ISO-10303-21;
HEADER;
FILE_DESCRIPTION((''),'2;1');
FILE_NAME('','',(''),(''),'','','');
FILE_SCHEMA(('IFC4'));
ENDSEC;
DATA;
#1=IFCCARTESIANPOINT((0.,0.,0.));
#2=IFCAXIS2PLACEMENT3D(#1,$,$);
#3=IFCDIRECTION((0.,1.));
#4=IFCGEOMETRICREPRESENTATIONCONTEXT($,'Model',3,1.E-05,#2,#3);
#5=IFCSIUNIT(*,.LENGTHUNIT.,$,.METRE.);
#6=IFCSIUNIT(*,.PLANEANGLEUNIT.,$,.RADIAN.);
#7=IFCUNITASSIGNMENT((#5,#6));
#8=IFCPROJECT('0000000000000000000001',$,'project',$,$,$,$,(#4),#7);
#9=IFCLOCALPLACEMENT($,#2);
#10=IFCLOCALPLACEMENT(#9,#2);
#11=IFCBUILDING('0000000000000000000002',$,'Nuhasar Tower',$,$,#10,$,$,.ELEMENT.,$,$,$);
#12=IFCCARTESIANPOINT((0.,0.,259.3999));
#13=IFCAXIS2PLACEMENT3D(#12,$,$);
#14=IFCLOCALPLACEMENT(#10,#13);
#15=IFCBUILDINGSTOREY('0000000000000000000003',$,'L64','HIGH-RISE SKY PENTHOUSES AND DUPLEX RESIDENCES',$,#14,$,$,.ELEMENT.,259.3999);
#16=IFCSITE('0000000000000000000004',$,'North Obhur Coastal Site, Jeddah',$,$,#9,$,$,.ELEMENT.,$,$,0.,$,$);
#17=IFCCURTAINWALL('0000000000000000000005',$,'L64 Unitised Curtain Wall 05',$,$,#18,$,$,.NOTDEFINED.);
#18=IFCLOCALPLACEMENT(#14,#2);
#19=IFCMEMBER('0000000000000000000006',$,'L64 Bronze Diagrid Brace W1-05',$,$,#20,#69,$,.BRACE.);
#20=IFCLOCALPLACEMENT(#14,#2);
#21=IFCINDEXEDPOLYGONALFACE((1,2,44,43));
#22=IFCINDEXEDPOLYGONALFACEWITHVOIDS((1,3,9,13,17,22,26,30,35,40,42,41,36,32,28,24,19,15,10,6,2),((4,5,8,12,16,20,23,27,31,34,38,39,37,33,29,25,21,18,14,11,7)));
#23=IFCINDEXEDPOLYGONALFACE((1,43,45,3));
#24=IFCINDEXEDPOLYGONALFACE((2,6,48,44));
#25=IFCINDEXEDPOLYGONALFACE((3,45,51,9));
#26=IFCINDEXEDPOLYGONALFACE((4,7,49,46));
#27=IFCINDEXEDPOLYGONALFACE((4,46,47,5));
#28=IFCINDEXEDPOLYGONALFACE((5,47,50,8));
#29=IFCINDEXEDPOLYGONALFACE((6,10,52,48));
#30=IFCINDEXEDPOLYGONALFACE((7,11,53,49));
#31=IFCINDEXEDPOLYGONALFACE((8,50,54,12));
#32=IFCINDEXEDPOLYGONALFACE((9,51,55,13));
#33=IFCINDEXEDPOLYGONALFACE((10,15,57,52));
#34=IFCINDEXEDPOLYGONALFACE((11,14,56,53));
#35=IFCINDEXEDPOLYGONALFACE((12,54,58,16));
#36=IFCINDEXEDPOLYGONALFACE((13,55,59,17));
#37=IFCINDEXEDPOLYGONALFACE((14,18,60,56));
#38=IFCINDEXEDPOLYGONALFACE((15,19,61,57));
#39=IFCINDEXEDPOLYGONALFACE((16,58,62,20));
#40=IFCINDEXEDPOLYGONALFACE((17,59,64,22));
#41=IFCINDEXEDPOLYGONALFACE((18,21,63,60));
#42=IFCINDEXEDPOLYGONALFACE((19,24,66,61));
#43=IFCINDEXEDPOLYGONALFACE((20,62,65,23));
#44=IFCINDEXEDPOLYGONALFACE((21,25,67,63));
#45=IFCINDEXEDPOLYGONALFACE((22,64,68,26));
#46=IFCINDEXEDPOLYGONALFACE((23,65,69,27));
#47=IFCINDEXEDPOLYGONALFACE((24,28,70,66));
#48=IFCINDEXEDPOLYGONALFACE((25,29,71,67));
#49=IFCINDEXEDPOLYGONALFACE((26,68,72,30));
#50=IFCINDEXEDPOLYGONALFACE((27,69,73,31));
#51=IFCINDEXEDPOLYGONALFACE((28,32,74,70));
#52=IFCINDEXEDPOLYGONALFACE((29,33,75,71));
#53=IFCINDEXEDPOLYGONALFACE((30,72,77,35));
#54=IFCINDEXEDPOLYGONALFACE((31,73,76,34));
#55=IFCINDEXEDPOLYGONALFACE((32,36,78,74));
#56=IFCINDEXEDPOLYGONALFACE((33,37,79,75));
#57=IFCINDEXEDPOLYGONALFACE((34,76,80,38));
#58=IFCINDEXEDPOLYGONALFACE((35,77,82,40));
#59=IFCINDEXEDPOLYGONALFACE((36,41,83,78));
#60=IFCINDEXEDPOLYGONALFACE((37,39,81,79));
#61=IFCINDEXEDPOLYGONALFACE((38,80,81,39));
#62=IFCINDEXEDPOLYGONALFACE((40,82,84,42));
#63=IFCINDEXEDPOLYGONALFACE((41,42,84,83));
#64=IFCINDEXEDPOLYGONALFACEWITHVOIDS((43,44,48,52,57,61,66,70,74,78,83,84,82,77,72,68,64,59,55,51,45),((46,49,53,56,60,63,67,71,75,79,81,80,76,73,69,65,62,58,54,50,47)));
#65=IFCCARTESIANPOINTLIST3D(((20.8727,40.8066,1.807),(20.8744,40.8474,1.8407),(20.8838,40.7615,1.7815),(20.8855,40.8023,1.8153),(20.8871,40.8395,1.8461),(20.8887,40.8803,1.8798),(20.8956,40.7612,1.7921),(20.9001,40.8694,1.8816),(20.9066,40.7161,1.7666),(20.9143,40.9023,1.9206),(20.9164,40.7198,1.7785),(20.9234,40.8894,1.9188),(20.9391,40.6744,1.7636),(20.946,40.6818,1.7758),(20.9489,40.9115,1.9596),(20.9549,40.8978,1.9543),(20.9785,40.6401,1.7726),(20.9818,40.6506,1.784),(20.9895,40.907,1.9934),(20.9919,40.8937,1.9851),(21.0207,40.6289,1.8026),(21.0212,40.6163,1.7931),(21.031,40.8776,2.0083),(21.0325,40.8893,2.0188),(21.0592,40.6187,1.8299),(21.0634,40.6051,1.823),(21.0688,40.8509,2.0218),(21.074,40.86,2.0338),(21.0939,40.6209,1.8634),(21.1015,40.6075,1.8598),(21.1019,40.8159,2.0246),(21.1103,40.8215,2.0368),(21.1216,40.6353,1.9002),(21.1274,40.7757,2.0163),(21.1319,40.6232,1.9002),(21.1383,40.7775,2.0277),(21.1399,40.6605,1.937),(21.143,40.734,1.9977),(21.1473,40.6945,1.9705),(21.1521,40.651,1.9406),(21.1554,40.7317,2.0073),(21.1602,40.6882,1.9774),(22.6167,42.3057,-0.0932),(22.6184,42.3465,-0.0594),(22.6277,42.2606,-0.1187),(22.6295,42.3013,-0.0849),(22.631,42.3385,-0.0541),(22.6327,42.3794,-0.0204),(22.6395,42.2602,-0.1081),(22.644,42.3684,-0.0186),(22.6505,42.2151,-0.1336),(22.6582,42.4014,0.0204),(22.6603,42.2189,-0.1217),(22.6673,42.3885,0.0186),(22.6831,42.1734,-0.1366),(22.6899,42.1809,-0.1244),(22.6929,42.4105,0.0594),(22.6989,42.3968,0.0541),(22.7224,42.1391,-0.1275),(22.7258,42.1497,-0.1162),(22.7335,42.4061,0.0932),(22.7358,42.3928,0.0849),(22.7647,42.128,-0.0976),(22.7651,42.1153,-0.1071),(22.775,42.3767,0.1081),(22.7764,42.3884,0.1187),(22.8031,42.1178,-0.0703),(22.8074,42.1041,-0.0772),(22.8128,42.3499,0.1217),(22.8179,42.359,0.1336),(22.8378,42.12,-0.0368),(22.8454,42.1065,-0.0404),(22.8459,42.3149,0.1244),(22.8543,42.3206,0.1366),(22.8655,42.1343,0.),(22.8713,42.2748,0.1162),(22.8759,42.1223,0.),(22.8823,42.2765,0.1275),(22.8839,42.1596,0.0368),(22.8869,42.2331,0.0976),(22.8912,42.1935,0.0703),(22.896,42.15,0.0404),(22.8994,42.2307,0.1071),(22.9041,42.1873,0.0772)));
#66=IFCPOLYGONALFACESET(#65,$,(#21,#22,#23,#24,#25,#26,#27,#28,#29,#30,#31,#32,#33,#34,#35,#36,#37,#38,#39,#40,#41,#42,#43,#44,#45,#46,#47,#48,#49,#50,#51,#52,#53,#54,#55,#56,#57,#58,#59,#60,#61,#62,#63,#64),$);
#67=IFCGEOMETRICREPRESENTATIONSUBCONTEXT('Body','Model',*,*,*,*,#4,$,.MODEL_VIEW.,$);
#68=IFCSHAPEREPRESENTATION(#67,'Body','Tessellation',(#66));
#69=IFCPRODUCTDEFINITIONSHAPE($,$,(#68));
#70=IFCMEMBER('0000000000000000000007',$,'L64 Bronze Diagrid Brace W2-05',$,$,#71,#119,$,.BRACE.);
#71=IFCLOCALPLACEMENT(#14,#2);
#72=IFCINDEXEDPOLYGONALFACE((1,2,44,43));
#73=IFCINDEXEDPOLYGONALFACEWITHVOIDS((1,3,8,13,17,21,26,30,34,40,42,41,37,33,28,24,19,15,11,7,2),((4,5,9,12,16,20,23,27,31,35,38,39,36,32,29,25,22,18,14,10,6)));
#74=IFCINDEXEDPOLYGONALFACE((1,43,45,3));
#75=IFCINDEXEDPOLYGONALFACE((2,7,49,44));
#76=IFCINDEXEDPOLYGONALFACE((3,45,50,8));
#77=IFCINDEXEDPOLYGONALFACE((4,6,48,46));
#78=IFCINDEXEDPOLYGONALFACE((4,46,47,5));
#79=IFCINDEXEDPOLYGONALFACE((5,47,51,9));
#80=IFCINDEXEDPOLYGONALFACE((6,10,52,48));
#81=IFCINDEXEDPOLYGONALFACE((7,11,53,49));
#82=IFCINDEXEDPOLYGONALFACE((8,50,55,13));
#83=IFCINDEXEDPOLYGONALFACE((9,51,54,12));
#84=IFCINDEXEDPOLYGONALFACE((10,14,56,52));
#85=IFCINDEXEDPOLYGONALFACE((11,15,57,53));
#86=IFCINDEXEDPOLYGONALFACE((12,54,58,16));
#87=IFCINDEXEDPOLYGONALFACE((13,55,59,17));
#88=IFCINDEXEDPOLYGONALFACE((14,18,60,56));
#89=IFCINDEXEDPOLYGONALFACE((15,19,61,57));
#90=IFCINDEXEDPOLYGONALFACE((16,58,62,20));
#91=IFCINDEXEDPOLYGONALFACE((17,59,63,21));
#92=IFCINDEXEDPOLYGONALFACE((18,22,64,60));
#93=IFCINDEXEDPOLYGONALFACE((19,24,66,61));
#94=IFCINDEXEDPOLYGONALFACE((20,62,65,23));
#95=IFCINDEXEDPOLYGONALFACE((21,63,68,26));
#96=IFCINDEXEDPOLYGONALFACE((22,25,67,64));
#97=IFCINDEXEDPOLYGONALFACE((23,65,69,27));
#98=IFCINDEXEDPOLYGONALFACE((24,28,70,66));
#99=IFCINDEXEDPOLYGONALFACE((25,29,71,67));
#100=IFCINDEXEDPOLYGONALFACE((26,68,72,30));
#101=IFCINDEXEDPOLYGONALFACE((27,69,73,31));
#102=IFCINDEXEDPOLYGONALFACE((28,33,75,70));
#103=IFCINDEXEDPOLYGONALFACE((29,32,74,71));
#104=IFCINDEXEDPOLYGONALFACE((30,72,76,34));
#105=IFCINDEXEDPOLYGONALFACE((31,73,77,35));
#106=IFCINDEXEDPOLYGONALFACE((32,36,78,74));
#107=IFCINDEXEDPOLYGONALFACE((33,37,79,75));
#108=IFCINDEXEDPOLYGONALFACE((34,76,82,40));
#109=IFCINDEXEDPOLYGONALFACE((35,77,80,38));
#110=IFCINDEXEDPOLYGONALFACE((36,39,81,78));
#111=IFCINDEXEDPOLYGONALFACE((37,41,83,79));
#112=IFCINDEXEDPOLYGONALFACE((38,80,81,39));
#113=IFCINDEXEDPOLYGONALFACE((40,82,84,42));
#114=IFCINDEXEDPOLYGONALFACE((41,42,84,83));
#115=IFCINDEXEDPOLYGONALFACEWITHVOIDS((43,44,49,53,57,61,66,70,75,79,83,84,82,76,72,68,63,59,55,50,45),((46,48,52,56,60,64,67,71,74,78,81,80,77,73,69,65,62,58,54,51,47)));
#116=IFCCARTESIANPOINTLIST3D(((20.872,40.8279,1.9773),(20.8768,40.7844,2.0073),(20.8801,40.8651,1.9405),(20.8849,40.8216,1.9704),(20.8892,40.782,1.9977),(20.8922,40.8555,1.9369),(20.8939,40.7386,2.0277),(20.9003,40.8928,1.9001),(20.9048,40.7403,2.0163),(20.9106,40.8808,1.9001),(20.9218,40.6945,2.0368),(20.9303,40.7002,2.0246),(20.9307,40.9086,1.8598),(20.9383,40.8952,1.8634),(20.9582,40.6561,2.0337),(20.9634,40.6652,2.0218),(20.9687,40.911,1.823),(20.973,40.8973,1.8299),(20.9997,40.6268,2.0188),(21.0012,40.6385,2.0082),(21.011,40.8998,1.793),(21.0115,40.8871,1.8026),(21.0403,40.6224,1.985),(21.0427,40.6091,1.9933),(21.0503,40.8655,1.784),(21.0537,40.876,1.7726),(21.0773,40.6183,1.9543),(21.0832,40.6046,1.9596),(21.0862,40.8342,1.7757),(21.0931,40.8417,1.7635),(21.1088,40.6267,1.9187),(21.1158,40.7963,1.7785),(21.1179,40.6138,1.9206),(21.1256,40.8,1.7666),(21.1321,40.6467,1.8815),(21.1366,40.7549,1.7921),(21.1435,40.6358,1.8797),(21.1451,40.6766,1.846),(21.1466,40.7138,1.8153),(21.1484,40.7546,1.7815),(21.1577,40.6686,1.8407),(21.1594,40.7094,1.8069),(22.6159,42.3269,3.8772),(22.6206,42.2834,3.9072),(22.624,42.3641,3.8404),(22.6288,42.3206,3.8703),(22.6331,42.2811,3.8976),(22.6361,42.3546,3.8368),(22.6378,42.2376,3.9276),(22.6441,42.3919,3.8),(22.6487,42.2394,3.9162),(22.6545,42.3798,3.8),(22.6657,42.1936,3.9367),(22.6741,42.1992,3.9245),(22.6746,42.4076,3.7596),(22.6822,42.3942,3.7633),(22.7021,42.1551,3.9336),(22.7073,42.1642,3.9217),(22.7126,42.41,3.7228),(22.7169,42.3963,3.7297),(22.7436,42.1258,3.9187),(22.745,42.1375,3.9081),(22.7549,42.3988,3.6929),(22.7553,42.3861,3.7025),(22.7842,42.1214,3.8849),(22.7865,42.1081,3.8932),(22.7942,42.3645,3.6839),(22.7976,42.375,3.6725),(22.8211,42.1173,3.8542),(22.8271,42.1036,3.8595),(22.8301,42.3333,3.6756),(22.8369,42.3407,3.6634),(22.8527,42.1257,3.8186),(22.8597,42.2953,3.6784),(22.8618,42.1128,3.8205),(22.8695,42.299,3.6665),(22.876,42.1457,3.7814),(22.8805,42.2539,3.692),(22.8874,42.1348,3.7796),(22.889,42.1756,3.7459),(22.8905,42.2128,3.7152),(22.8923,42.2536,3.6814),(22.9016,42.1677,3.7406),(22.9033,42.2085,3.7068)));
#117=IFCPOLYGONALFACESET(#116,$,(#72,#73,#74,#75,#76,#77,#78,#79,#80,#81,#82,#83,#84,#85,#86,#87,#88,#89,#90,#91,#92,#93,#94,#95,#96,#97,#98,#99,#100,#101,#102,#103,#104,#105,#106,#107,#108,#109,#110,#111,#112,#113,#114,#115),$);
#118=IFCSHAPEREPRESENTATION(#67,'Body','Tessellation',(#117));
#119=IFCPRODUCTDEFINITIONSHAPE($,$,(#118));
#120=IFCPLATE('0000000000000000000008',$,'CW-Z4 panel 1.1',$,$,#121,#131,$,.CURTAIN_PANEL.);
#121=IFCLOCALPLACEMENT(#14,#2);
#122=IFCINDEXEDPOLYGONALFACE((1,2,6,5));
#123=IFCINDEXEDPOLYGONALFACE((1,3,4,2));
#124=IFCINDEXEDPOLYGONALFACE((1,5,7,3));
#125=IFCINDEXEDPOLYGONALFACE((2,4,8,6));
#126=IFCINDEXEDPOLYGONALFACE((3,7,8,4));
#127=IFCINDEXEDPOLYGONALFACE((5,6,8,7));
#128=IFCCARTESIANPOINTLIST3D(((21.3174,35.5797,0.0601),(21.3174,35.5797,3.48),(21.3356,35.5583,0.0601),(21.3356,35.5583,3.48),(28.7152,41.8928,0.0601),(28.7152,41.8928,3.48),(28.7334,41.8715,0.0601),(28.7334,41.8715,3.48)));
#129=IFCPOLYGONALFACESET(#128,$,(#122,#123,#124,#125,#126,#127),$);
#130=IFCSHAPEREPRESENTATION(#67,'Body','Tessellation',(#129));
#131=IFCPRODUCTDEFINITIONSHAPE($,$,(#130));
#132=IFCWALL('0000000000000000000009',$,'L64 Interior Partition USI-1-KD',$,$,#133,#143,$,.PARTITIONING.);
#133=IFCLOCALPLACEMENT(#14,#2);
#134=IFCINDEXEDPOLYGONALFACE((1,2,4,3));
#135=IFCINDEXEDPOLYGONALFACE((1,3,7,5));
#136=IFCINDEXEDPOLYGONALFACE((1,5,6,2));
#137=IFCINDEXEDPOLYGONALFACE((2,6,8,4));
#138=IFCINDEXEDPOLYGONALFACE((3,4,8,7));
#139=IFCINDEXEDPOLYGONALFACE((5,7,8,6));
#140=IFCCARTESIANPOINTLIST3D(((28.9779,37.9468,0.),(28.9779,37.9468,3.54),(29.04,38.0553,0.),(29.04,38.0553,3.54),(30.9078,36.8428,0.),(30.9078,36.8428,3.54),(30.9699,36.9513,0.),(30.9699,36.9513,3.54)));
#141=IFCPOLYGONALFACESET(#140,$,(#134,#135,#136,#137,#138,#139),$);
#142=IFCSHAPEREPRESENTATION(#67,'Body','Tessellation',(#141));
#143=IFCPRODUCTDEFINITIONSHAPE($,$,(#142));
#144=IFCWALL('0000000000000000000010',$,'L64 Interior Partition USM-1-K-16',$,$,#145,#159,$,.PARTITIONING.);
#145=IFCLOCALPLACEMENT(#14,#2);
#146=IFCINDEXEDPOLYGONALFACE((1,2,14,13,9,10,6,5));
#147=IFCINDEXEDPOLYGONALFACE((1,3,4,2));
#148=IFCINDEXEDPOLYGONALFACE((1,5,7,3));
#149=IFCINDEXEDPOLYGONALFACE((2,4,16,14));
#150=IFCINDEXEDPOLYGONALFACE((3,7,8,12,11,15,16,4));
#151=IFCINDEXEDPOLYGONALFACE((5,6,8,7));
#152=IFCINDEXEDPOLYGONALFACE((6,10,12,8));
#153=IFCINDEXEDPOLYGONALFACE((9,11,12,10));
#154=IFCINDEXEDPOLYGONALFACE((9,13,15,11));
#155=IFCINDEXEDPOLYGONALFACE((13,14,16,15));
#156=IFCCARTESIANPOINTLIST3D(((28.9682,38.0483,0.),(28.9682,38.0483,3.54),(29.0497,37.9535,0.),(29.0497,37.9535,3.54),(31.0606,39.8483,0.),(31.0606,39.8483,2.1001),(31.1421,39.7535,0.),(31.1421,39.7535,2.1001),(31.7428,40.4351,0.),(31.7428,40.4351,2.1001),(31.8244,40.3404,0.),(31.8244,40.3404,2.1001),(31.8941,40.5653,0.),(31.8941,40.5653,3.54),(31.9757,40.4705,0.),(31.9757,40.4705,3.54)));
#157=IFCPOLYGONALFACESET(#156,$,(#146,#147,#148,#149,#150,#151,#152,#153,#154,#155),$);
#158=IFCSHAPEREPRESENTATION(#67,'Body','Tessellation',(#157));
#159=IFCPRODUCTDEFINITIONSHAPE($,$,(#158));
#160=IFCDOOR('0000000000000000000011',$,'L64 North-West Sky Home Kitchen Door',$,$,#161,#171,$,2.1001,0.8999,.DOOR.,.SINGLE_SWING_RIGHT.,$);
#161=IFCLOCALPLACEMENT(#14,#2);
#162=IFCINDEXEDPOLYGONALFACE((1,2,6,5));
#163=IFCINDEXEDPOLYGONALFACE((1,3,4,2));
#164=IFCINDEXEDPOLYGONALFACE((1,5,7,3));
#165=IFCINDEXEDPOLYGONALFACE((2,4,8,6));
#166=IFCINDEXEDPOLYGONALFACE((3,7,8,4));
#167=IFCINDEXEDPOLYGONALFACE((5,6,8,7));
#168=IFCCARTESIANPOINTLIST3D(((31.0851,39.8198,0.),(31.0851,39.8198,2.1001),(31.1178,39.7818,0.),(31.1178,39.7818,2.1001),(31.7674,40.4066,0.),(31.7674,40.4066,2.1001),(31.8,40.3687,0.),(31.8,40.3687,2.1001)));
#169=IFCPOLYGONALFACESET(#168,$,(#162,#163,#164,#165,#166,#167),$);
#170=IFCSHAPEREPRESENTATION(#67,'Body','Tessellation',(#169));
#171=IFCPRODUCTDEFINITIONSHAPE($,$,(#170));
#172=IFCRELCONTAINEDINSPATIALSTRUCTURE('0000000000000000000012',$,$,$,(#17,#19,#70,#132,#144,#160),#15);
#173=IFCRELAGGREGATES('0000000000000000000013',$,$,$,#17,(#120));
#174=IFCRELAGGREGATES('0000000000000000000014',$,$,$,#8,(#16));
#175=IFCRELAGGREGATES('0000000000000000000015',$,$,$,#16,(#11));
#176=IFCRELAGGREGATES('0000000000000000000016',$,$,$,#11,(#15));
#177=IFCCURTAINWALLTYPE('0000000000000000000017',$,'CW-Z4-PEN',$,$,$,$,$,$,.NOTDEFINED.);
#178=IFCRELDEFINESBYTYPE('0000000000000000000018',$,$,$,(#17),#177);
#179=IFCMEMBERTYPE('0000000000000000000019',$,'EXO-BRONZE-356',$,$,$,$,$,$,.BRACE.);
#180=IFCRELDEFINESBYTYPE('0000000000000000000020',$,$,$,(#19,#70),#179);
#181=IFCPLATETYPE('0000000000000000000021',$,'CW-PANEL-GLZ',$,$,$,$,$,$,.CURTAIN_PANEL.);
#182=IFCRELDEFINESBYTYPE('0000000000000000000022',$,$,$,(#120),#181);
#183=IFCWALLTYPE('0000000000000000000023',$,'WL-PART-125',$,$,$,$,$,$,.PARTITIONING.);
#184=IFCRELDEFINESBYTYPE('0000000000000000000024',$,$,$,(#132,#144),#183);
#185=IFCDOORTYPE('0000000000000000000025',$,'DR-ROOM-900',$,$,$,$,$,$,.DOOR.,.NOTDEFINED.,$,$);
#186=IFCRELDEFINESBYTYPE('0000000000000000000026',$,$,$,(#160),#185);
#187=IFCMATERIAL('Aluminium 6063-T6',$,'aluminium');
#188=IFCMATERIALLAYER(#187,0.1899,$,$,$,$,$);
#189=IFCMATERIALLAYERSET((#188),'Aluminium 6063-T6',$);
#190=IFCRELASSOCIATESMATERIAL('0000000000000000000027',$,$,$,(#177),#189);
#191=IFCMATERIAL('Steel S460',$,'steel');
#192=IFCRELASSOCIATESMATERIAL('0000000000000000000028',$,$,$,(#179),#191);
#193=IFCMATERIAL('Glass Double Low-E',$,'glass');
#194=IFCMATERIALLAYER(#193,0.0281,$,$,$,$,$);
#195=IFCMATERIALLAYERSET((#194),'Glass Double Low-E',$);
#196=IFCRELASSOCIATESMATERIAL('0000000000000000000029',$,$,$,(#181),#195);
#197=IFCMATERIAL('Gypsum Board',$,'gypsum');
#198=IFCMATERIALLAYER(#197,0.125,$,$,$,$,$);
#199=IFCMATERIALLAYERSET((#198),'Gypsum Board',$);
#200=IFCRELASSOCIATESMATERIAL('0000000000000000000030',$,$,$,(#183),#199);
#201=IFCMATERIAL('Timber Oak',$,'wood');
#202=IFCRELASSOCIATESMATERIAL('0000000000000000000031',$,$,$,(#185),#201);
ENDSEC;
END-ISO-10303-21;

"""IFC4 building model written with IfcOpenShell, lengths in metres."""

from ifc_helpers import new_model, si_unit, direction, frame, frame_2d, origin, origin_2d, place, context, subcontext, project, spatial, rectangle, hollow_circle, extrude, material, layer, layer_set, material_profile, profile_set, type_object, element, fill, aggregate, save


model = new_model("IFC4")

# Units and contexts
model_context = context("Model", 3, precision=1e-05, world=origin(), true_north=direction((0.0, 1.0)))
body_context = subcontext(model_context, "Body", "Model", "MODEL_VIEW")
ifc_project = project(units=[si_unit("LENGTHUNIT", "METRE"), si_unit("PLANEANGLEUNIT", "RADIAN")], contexts=[model_context])

# Site, building, storey
site_placement = place(None, origin())
site = spatial("IfcSite", under=ifc_project, at=site_placement, Name="North Obhur Coastal Site, Jeddah", CompositionType="ELEMENT", RefElevation=0.0)
building_placement = place(site_placement, origin())
building = spatial("IfcBuilding", under=site, at=building_placement, Name="Nuhasar Tower", CompositionType="ELEMENT")
storey_placement = place(building_placement, frame((0.0, 0.0, 259.3999)))
storey = spatial("IfcBuildingStorey", under=building, at=storey_placement, Name="L64", Description="HIGH-RISE SKY PENTHOUSES AND DUPLEX RESIDENCES", CompositionType="ELEMENT", Elevation=259.3999)

# Shared definitions
ifc_material_1 = material(Name="Aluminium 6063-T6", Category="aluminium")
ifc_layer_1 = layer(ifc_material_1, 0.1899)
ifc_layer_set_1 = layer_set([ifc_layer_1], Name="Aluminium 6063-T6")
curtain_wall_type = type_object("IfcCurtainWallType", Name="CW-Z4-PEN", PredefinedType="NOTDEFINED", material=ifc_layer_set_1)

# Curtain wall
curtain_wall_1_placement = place(storey_placement, origin())
curtain_wall_1 = element("IfcCurtainWall", 1, at=curtain_wall_1_placement, inside=storey, type_object=curtain_wall_type, Name="L64 Unitised Curtain Wall 05", PredefinedType="NOTDEFINED")

# Members
ifc_material_2 = material(Name="Steel S460", Category="steel")
ifc_material_profile_1 = material_profile(ifc_material_2, hollow_circle(Radius=0.1777, WallThickness=0.0159, at=origin_2d()), Name="HSS355.6X15.9")
ifc_profile_set_1 = profile_set([ifc_material_profile_1], Name="Steel S460")
member_type_1 = type_object("IfcMemberType", Name="EXO-BRONZE-356", PredefinedType="BRACE", material=ifc_profile_set_1)
member_1_placement = place(storey_placement, frame((22.76, 42.2571, 0.0), z_axis=(-0.584595, -0.502508, 0.636973), x_axis=(0.651857, -0.758342, 0.0)))
element("IfcMember", 2, at=member_1_placement, inside=storey, type_object=member_type_1, Name="L64 Bronze Diagrid Brace W1-05", PredefinedType="BRACE", context=body_context, shape_type="SweptSolid", body=[
    extrude(hollow_circle(Radius=0.1777, WallThickness=0.0159, at=origin_2d()), origin(), (0.0, 0.0, 1.0), 2.9832),
])
member_2_placement = place(storey_placement, frame((21.0161, 40.7581, 1.9001), z_axis=(0.584625, 0.502534, 0.636925), x_axis=(-0.651857, 0.758342, 0.0)))
element("IfcMember", 3, at=member_2_placement, inside=storey, type_object=member_type_1, Name="L64 Bronze Diagrid Brace W2-05", PredefinedType="BRACE", context=body_context, shape_type="SweptSolid", body=[
    extrude(hollow_circle(Radius=0.1777, WallThickness=0.0159, at=origin_2d()), origin(), (0.0, 0.0, 1.0), 2.9829),
])

# Plate
ifc_material_3 = material(Name="Glass Double Low-E", Category="glass")
ifc_layer_2 = layer(ifc_material_3, 0.0281)
ifc_layer_set_2 = layer_set([ifc_layer_2], Name="Glass Double Low-E")
plate_type = type_object("IfcPlateType", Name="CW-PANEL-GLZ", PredefinedType="CURTAIN_PANEL", material=ifc_layer_set_2)
plate_placement = place(storey_placement, frame((25.0254, 38.7256, 0.0601), z_axis=(0.0, 0.0, 1.0), x_axis=(-0.760667, -0.649142, 0.0)))
plate = element("IfcPlate", 4, at=plate_placement, type_object=plate_type, Name="CW-Z4 panel 1.1", PredefinedType="CURTAIN_PANEL", context=body_context, shape_type="SweptSolid", body=[
    extrude(rectangle(XDim=9.7253, YDim=0.0281, at=origin_2d()), origin(), (0.0, 0.0, 1.0), 3.4199),
])
aggregate(curtain_wall_1, [plate])

# Wall
ifc_material_4 = material(Name="Gypsum Board", Category="gypsum")
ifc_layer_3 = layer(ifc_material_4, 0.125)
ifc_layer_set_3 = layer_set([ifc_layer_3], Name="Gypsum Board")
wall_type = type_object("IfcWallType", Name="WL-PART-125", PredefinedType="PARTITIONING", material=ifc_layer_set_3)
wall_1_placement = place(storey_placement, frame((30.939, 36.897, 0.0), z_axis=(0.0, 0.0, 1.0), x_axis=(-0.868013, 0.496541, 0.0)))
element("IfcWall", 5, at=wall_1_placement, inside=storey, type_object=wall_type, Name="L64 Interior Partition USI-1-KD", PredefinedType="PARTITIONING", context=body_context, shape_type="SweptSolid", body=[
    extrude(rectangle(XDim=2.2234, YDim=0.125, at=frame_2d((1.1118, 0.0))), origin(), (0.0, 0.0, 1.0), 3.54),
])

# Wall, opening, door
wall_2_placement = place(storey_placement, frame((29.009, 38.001, 0.0), z_axis=(0.0, 0.0, 1.0), x_axis=(0.758095, 0.652145, 0.0)))
wall_2 = element("IfcWall", 6, at=wall_2_placement, inside=storey, type_object=wall_type, Name="L64 Interior Partition USM-1-K-16", PredefinedType="PARTITIONING", context=body_context, shape_type="SweptSolid", body=[
    extrude(rectangle(XDim=3.8596, YDim=0.125, at=frame_2d((1.9297, 0.0))), origin(), (0.0, 0.0, 1.0), 3.54),
])
opening_placement = place(wall_2_placement, frame((2.76, 0.0, 0.0)))
opening = element("IfcOpeningElement", 7, at=opening_placement, cuts=wall_2, PredefinedType="OPENING", context=body_context, shape_type="SweptSolid", body=[
    extrude(rectangle(XDim=0.8999, YDim=2.1001, at=frame_2d((0.45, 1.05))), frame((0.0, 0.0725, 0.0), z_axis=(0.0, -1.0, 0.0), x_axis=(1.0, 0.0, 0.0)), (0.0, 0.0, 1.0), 0.145),
])
ifc_material_5 = material(Name="Timber Oak", Category="wood")
door_type = type_object("IfcDoorType", Name="DR-ROOM-900", OperationType="NOTDEFINED", PredefinedType="DOOR", material=ifc_material_5)
door_placement = place(opening_placement, origin())
door = element("IfcDoor", 8, at=door_placement, inside=storey, type_object=door_type, Name="L64 North-West Sky Home Kitchen Door", OperationType="SINGLE_SWING_RIGHT", OverallHeight=2.1001, OverallWidth=0.8999, PredefinedType="DOOR", context=body_context, shape_type="SweptSolid", body=[
    extrude(rectangle(XDim=0.8999, YDim=2.1001, at=frame_2d((0.45, 1.05))), frame((0.0, 0.0249, 0.0), z_axis=(0.0, -1.0, 0.0), x_axis=(1.0, 0.0, 0.0)), (0.0, 0.0, 1.0), 0.05),
])
fill(opening, door)

save(model, "model.ifc")
